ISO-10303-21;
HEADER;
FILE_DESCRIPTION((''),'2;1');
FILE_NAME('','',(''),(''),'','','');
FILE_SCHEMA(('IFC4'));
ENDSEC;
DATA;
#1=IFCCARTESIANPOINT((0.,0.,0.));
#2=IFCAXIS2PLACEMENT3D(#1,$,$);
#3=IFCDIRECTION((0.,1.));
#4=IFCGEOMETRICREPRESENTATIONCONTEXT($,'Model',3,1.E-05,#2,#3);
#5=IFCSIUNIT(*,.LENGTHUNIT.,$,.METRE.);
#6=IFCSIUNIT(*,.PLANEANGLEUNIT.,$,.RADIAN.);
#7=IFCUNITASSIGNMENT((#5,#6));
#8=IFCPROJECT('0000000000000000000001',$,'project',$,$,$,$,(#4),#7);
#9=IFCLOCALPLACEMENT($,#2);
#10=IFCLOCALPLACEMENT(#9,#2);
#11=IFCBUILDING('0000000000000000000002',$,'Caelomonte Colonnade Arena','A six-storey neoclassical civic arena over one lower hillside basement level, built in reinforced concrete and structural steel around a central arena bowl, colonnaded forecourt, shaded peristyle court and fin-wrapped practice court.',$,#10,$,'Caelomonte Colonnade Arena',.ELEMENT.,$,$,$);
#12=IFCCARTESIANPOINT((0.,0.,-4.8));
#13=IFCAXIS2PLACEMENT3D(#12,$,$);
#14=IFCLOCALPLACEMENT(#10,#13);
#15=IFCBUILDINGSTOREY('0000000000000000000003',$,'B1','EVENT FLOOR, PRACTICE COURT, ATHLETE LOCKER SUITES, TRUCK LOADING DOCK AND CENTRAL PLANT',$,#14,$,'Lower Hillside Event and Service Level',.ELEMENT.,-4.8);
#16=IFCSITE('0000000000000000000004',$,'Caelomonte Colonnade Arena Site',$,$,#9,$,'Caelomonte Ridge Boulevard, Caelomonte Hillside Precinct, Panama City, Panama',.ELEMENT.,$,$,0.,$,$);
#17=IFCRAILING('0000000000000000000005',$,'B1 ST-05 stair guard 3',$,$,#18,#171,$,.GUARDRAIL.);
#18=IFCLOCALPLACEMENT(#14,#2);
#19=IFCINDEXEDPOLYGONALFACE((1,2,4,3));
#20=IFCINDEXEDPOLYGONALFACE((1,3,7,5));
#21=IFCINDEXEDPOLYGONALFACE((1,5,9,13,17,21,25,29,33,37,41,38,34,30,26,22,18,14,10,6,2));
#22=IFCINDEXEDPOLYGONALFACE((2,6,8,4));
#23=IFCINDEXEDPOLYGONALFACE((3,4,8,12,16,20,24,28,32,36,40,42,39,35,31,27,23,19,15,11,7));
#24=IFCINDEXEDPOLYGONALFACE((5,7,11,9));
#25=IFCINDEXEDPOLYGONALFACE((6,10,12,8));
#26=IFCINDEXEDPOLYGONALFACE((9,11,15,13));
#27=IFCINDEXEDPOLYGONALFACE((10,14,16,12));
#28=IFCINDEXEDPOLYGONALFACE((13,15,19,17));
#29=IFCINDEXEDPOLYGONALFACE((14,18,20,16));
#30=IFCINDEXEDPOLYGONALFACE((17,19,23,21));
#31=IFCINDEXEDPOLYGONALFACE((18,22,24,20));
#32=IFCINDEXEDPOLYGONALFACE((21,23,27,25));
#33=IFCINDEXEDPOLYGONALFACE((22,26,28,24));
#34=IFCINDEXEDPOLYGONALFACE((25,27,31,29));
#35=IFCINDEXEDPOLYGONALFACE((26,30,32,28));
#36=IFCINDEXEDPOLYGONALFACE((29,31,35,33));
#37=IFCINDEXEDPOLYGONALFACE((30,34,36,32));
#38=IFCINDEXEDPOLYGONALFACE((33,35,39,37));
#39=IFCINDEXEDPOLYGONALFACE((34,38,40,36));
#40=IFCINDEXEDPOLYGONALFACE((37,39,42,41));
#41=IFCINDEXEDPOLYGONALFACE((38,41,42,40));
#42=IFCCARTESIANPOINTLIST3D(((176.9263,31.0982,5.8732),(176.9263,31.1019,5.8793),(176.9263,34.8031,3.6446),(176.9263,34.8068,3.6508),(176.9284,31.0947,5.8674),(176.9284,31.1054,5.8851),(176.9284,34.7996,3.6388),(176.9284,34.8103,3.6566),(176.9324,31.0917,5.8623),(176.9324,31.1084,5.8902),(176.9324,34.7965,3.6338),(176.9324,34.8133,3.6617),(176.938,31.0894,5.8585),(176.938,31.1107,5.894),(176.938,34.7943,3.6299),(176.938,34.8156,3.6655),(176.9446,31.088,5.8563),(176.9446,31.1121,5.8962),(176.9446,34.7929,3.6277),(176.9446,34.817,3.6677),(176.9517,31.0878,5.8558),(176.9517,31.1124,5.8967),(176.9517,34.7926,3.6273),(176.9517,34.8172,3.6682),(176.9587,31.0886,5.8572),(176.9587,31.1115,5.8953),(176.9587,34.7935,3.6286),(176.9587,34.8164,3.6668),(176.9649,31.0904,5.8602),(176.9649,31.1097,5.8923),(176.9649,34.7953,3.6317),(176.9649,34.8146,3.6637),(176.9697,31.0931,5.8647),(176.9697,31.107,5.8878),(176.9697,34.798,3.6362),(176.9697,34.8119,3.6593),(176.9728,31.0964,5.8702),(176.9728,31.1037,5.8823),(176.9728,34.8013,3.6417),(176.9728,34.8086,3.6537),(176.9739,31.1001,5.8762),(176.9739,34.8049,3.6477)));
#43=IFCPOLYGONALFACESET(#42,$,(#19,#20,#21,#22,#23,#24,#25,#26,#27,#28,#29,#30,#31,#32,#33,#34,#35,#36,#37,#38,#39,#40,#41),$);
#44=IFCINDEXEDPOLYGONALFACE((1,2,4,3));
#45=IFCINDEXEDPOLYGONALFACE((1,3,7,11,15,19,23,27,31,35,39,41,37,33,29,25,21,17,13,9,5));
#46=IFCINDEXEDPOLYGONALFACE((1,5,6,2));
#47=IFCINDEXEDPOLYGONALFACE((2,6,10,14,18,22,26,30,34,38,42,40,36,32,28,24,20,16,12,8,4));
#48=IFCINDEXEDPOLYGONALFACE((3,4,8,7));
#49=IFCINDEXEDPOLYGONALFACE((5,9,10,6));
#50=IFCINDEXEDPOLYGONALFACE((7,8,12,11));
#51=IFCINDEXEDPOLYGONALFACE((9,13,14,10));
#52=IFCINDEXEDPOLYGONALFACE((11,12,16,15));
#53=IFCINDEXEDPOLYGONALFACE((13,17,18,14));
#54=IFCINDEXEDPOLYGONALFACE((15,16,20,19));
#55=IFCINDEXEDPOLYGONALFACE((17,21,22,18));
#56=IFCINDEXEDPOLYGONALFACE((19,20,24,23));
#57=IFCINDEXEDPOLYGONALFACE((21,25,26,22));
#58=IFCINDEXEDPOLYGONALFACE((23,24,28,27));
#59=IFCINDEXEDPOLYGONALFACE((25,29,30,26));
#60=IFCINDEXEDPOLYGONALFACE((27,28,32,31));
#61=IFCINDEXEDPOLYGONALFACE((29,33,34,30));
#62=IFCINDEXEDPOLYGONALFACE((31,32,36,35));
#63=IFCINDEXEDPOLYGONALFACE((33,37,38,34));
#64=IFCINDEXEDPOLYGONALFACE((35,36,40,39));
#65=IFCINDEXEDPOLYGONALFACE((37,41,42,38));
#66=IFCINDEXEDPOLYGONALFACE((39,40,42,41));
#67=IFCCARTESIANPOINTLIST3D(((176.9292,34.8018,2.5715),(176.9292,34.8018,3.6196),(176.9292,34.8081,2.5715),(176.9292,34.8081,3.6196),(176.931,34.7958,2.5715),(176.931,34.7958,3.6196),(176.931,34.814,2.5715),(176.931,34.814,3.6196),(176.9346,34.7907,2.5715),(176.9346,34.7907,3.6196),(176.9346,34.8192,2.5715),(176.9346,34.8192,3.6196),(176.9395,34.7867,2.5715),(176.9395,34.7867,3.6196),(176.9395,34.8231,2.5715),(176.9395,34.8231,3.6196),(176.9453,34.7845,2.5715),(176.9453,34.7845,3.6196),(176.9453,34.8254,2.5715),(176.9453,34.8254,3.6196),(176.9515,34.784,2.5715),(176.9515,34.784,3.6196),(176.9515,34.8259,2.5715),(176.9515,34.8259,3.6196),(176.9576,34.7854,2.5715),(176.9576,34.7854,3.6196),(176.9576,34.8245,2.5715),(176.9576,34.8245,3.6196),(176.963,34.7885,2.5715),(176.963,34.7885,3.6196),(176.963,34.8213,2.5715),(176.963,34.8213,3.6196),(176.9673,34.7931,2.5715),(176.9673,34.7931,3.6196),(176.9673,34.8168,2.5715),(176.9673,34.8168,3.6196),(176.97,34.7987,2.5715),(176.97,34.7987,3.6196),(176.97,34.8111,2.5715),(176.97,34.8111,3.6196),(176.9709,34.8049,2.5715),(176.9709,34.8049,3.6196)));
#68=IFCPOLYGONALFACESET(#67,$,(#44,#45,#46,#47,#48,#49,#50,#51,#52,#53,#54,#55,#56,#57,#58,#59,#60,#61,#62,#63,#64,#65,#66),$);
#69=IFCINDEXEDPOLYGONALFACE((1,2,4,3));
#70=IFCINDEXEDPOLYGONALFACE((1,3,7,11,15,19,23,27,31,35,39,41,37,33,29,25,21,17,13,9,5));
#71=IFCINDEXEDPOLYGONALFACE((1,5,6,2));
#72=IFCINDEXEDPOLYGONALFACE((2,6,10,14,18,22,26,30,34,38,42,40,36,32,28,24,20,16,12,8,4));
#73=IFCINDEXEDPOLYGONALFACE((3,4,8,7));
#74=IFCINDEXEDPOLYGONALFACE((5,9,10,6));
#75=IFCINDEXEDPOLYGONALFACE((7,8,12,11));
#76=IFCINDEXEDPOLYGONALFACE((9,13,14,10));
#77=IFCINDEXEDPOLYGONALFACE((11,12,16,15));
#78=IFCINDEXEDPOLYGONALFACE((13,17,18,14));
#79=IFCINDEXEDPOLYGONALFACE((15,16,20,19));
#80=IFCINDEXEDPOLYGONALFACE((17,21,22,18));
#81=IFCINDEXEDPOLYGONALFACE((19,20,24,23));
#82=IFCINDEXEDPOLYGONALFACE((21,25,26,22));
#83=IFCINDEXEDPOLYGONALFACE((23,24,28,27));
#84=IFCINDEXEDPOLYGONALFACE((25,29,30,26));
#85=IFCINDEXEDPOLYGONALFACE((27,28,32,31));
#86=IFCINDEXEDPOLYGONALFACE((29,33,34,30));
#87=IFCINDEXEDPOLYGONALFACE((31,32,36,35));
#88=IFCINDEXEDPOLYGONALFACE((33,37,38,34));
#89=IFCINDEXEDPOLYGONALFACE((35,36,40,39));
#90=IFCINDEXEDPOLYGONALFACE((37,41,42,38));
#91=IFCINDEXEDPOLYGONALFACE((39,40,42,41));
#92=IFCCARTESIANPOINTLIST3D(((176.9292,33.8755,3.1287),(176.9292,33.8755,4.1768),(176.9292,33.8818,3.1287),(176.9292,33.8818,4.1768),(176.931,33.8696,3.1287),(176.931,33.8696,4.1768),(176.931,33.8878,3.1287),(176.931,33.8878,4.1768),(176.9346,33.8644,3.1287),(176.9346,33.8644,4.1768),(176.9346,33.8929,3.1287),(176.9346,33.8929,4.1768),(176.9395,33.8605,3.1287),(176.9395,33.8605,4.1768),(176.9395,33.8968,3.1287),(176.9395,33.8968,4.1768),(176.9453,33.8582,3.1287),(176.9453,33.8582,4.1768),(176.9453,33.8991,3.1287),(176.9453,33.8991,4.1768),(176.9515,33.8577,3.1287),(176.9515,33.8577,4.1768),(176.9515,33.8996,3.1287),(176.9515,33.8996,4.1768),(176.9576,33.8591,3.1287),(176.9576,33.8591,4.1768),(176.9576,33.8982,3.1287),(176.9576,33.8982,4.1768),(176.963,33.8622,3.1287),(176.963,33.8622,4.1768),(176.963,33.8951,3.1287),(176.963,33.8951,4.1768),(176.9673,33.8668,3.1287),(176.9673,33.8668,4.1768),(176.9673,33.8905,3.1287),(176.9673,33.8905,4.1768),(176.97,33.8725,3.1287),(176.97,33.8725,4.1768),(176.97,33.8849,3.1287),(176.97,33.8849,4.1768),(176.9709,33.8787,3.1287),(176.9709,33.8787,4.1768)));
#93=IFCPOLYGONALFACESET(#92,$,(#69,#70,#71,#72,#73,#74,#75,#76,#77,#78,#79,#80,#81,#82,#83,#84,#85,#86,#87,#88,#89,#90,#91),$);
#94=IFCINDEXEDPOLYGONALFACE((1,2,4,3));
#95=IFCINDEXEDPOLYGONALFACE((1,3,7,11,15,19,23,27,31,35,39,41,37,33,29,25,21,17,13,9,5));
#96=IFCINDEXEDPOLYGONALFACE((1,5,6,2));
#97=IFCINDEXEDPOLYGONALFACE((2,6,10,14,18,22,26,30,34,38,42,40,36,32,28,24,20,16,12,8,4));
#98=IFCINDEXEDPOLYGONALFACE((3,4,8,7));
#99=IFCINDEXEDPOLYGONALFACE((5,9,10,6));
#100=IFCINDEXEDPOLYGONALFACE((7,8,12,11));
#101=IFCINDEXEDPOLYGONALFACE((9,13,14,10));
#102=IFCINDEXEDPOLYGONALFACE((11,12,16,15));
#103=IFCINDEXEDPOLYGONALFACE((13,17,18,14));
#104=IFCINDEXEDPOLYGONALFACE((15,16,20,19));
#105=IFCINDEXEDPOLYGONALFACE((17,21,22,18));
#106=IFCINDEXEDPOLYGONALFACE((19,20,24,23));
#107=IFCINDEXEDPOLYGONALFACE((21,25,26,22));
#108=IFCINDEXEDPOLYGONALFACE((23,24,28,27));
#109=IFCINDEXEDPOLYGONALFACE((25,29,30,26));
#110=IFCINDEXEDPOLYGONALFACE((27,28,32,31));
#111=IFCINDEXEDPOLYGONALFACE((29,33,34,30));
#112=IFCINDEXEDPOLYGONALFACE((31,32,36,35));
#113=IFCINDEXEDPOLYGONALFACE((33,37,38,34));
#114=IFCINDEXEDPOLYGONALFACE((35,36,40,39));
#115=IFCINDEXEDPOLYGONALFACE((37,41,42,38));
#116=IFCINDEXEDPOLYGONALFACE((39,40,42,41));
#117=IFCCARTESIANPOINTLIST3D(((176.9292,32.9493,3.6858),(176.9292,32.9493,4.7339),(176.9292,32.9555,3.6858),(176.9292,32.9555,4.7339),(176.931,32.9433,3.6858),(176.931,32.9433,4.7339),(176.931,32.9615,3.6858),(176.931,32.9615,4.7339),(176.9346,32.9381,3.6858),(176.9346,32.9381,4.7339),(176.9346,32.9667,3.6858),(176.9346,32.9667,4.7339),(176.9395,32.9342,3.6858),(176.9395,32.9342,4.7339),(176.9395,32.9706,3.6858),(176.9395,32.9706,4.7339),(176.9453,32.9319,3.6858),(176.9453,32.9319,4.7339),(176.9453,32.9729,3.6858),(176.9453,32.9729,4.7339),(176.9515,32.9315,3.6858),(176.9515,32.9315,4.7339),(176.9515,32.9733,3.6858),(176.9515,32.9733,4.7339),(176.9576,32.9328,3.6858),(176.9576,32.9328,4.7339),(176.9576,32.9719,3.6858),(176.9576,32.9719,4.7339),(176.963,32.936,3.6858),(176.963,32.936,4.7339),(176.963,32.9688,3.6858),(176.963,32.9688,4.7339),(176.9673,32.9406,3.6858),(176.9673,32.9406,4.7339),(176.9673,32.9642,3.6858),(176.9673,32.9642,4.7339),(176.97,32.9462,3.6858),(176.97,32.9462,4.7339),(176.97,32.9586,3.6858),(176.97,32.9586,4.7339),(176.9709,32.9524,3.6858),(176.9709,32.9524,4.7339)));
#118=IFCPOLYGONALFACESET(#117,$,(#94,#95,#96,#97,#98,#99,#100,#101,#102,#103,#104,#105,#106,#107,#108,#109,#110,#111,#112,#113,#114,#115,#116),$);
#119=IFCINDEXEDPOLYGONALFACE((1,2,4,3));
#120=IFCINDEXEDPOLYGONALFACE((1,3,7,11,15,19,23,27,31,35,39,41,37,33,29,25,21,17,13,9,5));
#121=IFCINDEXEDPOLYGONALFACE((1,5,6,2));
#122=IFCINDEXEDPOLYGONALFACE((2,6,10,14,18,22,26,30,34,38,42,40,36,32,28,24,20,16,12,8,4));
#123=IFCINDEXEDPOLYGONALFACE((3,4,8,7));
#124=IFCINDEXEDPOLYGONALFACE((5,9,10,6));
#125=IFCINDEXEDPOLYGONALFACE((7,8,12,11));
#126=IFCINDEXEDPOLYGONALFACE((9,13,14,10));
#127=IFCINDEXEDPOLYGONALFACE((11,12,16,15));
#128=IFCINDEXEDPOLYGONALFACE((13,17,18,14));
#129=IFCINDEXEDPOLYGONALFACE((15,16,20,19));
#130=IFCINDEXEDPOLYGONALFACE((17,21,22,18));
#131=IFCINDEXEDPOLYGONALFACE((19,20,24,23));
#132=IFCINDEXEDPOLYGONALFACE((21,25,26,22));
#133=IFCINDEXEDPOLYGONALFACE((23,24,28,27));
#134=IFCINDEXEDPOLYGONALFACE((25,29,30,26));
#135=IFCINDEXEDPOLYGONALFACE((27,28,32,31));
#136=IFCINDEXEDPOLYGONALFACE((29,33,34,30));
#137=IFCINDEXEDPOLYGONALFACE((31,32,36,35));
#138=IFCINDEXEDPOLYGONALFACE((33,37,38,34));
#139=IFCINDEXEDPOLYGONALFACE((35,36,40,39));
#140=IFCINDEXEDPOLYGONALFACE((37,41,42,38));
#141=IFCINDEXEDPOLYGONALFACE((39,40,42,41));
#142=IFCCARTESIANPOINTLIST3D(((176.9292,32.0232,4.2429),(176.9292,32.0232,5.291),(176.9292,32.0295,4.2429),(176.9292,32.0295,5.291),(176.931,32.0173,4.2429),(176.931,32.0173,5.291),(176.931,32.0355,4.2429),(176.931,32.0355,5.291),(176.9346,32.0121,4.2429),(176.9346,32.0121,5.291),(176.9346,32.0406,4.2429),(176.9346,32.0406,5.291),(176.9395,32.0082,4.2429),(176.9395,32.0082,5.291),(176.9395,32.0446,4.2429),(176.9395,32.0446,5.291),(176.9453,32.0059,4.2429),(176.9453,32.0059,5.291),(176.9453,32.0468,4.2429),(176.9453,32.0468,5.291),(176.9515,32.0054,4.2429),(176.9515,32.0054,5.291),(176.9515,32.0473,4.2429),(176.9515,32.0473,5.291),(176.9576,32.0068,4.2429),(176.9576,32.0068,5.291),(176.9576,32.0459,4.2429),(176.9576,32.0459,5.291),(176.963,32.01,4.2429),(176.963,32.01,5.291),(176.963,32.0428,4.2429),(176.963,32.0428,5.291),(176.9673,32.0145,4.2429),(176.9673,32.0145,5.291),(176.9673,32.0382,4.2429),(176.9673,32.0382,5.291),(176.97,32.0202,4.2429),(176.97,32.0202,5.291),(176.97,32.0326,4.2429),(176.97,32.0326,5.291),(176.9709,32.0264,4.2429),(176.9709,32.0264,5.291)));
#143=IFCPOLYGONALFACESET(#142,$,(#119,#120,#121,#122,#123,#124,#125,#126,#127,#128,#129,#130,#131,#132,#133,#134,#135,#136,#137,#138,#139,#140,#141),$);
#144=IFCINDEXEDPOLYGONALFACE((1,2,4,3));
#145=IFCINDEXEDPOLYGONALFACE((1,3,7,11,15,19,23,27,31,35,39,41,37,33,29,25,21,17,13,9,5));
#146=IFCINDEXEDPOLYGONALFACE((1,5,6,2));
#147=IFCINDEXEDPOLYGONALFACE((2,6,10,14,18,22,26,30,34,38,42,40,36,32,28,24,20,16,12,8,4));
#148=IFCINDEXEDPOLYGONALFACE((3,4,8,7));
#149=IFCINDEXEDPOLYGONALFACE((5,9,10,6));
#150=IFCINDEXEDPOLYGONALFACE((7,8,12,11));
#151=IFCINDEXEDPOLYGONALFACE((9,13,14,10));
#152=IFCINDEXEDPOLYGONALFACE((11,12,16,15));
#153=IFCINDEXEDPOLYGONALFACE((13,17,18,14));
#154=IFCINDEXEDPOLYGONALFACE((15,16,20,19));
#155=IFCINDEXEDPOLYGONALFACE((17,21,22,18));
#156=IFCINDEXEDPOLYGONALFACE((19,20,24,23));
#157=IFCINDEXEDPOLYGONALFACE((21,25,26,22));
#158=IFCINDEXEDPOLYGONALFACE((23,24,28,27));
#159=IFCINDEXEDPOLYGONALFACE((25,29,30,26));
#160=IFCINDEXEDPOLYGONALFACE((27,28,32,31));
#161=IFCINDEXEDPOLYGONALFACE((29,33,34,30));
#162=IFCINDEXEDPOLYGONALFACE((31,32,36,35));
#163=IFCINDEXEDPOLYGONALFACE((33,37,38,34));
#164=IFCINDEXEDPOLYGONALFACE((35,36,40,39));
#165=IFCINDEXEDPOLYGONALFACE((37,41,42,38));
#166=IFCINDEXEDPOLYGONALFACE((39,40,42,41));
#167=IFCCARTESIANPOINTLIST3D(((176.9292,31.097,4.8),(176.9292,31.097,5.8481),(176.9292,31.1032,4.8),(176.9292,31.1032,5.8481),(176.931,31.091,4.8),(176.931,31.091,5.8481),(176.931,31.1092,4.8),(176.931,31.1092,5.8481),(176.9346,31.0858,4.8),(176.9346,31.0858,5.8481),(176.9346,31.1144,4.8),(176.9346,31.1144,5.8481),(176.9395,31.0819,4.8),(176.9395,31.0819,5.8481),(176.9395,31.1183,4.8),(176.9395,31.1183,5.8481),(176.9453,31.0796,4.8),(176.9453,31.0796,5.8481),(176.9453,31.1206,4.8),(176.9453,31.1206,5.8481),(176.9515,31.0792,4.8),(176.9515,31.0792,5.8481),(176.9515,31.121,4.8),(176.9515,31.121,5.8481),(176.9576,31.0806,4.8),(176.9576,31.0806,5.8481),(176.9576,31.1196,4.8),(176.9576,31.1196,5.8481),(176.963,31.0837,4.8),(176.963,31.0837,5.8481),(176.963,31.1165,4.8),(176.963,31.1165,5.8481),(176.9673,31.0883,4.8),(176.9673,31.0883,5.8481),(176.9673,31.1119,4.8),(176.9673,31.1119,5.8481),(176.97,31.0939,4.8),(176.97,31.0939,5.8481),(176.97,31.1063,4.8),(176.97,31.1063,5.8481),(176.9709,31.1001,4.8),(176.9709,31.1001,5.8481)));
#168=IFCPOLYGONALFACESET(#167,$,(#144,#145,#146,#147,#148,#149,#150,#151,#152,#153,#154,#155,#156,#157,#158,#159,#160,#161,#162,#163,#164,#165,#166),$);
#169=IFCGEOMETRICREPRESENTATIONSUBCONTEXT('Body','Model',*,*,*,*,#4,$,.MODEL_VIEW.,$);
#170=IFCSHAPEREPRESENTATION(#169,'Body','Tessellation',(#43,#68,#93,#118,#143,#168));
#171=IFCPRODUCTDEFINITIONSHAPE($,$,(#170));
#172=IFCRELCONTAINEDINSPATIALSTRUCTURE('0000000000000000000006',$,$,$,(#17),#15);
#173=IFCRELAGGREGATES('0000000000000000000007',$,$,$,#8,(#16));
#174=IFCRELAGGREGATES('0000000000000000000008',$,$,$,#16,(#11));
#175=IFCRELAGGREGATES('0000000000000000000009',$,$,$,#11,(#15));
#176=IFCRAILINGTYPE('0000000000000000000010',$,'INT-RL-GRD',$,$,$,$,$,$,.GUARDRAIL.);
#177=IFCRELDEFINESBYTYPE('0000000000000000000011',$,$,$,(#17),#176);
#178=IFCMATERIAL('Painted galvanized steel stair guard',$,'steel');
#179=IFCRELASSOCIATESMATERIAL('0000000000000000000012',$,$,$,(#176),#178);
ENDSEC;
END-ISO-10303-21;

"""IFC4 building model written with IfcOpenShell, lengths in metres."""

from ifc_helpers import new_model, si_unit, direction, frame, origin, origin_2d, place, context, subcontext, project, spatial, circle, extrude, material, type_object, element, save


model = new_model("IFC4")

# Units and contexts
model_context = context("Model", 3, precision=1e-05, world=origin(), true_north=direction((0.0, 1.0)))
body_context = subcontext(model_context, "Body", "Model", "MODEL_VIEW")
ifc_project = project(units=[si_unit("LENGTHUNIT", "METRE"), si_unit("PLANEANGLEUNIT", "RADIAN")], contexts=[model_context])

# Site, building, storey
site_placement = place(None, origin())
site = spatial("IfcSite", under=ifc_project, at=site_placement, Name="Caelomonte Colonnade Arena Site", LongName="Caelomonte Ridge Boulevard, Caelomonte Hillside Precinct, Panama City, Panama", CompositionType="ELEMENT", RefElevation=0.0)
building_placement = place(site_placement, origin())
building = spatial("IfcBuilding", under=site, at=building_placement, Name="Caelomonte Colonnade Arena", Description="A six-storey neoclassical civic arena over one lower hillside basement level, built in reinforced concrete and structural steel around a central arena bowl, colonnaded forecourt, shaded peristyle court and fin-wrapped practice court.", LongName="Caelomonte Colonnade Arena", CompositionType="ELEMENT")
storey_placement = place(building_placement, frame((0.0, 0.0, -4.8)))
storey = spatial("IfcBuildingStorey", under=building, at=storey_placement, Name="B1", Description="EVENT FLOOR, PRACTICE COURT, ATHLETE LOCKER SUITES, TRUCK LOADING DOCK AND CENTRAL PLANT", LongName="Lower Hillside Event and Service Level", CompositionType="ELEMENT", Elevation=-4.8)

# Railing
ifc_material_1 = material(Name="Painted galvanized steel stair guard", Category="steel")
railing_type_1 = type_object("IfcRailingType", Name="INT-RL-GRD", PredefinedType="GUARDRAIL", material=ifc_material_1)
railing_1_placement = place(storey_placement, frame((176.95, 34.8049, 2.5715)))
element("IfcRailing", 1, at=railing_1_placement, inside=storey, type_object=railing_type_1, Name="B1 ST-05 stair guard 3", PredefinedType="GUARDRAIL", context=body_context, shape_type="SweptSolid", body=[
    extrude(circle(Radius=0.0239, at=origin_2d()), frame((0.0, 0.0, 1.0762), z_axis=(0.0, -0.856919, 0.51545), x_axis=(1.0, 0.0, 0.0)), (0.0, 0.0, 1.0), 4.3235),
    extrude(circle(Radius=0.021, at=origin_2d()), origin(), (0.0, 0.0, 1.0), 1.0481),
    extrude(circle(Radius=0.021, at=origin_2d()), frame((0.0, -0.9263, 0.5571)), (0.0, 0.0, 1.0), 1.0481),
    extrude(circle(Radius=0.021, at=origin_2d()), frame((0.0, -1.8525, 1.1143)), (0.0, 0.0, 1.0), 1.0481),
    extrude(circle(Radius=0.021, at=origin_2d()), frame((0.0, -2.7786, 1.6714)), (0.0, 0.0, 1.0), 1.0481),
    extrude(circle(Radius=0.021, at=origin_2d()), frame((0.0, -3.7048, 2.2285)), (0.0, 0.0, 1.0), 1.0481),
])

save(model, "model.ifc")
